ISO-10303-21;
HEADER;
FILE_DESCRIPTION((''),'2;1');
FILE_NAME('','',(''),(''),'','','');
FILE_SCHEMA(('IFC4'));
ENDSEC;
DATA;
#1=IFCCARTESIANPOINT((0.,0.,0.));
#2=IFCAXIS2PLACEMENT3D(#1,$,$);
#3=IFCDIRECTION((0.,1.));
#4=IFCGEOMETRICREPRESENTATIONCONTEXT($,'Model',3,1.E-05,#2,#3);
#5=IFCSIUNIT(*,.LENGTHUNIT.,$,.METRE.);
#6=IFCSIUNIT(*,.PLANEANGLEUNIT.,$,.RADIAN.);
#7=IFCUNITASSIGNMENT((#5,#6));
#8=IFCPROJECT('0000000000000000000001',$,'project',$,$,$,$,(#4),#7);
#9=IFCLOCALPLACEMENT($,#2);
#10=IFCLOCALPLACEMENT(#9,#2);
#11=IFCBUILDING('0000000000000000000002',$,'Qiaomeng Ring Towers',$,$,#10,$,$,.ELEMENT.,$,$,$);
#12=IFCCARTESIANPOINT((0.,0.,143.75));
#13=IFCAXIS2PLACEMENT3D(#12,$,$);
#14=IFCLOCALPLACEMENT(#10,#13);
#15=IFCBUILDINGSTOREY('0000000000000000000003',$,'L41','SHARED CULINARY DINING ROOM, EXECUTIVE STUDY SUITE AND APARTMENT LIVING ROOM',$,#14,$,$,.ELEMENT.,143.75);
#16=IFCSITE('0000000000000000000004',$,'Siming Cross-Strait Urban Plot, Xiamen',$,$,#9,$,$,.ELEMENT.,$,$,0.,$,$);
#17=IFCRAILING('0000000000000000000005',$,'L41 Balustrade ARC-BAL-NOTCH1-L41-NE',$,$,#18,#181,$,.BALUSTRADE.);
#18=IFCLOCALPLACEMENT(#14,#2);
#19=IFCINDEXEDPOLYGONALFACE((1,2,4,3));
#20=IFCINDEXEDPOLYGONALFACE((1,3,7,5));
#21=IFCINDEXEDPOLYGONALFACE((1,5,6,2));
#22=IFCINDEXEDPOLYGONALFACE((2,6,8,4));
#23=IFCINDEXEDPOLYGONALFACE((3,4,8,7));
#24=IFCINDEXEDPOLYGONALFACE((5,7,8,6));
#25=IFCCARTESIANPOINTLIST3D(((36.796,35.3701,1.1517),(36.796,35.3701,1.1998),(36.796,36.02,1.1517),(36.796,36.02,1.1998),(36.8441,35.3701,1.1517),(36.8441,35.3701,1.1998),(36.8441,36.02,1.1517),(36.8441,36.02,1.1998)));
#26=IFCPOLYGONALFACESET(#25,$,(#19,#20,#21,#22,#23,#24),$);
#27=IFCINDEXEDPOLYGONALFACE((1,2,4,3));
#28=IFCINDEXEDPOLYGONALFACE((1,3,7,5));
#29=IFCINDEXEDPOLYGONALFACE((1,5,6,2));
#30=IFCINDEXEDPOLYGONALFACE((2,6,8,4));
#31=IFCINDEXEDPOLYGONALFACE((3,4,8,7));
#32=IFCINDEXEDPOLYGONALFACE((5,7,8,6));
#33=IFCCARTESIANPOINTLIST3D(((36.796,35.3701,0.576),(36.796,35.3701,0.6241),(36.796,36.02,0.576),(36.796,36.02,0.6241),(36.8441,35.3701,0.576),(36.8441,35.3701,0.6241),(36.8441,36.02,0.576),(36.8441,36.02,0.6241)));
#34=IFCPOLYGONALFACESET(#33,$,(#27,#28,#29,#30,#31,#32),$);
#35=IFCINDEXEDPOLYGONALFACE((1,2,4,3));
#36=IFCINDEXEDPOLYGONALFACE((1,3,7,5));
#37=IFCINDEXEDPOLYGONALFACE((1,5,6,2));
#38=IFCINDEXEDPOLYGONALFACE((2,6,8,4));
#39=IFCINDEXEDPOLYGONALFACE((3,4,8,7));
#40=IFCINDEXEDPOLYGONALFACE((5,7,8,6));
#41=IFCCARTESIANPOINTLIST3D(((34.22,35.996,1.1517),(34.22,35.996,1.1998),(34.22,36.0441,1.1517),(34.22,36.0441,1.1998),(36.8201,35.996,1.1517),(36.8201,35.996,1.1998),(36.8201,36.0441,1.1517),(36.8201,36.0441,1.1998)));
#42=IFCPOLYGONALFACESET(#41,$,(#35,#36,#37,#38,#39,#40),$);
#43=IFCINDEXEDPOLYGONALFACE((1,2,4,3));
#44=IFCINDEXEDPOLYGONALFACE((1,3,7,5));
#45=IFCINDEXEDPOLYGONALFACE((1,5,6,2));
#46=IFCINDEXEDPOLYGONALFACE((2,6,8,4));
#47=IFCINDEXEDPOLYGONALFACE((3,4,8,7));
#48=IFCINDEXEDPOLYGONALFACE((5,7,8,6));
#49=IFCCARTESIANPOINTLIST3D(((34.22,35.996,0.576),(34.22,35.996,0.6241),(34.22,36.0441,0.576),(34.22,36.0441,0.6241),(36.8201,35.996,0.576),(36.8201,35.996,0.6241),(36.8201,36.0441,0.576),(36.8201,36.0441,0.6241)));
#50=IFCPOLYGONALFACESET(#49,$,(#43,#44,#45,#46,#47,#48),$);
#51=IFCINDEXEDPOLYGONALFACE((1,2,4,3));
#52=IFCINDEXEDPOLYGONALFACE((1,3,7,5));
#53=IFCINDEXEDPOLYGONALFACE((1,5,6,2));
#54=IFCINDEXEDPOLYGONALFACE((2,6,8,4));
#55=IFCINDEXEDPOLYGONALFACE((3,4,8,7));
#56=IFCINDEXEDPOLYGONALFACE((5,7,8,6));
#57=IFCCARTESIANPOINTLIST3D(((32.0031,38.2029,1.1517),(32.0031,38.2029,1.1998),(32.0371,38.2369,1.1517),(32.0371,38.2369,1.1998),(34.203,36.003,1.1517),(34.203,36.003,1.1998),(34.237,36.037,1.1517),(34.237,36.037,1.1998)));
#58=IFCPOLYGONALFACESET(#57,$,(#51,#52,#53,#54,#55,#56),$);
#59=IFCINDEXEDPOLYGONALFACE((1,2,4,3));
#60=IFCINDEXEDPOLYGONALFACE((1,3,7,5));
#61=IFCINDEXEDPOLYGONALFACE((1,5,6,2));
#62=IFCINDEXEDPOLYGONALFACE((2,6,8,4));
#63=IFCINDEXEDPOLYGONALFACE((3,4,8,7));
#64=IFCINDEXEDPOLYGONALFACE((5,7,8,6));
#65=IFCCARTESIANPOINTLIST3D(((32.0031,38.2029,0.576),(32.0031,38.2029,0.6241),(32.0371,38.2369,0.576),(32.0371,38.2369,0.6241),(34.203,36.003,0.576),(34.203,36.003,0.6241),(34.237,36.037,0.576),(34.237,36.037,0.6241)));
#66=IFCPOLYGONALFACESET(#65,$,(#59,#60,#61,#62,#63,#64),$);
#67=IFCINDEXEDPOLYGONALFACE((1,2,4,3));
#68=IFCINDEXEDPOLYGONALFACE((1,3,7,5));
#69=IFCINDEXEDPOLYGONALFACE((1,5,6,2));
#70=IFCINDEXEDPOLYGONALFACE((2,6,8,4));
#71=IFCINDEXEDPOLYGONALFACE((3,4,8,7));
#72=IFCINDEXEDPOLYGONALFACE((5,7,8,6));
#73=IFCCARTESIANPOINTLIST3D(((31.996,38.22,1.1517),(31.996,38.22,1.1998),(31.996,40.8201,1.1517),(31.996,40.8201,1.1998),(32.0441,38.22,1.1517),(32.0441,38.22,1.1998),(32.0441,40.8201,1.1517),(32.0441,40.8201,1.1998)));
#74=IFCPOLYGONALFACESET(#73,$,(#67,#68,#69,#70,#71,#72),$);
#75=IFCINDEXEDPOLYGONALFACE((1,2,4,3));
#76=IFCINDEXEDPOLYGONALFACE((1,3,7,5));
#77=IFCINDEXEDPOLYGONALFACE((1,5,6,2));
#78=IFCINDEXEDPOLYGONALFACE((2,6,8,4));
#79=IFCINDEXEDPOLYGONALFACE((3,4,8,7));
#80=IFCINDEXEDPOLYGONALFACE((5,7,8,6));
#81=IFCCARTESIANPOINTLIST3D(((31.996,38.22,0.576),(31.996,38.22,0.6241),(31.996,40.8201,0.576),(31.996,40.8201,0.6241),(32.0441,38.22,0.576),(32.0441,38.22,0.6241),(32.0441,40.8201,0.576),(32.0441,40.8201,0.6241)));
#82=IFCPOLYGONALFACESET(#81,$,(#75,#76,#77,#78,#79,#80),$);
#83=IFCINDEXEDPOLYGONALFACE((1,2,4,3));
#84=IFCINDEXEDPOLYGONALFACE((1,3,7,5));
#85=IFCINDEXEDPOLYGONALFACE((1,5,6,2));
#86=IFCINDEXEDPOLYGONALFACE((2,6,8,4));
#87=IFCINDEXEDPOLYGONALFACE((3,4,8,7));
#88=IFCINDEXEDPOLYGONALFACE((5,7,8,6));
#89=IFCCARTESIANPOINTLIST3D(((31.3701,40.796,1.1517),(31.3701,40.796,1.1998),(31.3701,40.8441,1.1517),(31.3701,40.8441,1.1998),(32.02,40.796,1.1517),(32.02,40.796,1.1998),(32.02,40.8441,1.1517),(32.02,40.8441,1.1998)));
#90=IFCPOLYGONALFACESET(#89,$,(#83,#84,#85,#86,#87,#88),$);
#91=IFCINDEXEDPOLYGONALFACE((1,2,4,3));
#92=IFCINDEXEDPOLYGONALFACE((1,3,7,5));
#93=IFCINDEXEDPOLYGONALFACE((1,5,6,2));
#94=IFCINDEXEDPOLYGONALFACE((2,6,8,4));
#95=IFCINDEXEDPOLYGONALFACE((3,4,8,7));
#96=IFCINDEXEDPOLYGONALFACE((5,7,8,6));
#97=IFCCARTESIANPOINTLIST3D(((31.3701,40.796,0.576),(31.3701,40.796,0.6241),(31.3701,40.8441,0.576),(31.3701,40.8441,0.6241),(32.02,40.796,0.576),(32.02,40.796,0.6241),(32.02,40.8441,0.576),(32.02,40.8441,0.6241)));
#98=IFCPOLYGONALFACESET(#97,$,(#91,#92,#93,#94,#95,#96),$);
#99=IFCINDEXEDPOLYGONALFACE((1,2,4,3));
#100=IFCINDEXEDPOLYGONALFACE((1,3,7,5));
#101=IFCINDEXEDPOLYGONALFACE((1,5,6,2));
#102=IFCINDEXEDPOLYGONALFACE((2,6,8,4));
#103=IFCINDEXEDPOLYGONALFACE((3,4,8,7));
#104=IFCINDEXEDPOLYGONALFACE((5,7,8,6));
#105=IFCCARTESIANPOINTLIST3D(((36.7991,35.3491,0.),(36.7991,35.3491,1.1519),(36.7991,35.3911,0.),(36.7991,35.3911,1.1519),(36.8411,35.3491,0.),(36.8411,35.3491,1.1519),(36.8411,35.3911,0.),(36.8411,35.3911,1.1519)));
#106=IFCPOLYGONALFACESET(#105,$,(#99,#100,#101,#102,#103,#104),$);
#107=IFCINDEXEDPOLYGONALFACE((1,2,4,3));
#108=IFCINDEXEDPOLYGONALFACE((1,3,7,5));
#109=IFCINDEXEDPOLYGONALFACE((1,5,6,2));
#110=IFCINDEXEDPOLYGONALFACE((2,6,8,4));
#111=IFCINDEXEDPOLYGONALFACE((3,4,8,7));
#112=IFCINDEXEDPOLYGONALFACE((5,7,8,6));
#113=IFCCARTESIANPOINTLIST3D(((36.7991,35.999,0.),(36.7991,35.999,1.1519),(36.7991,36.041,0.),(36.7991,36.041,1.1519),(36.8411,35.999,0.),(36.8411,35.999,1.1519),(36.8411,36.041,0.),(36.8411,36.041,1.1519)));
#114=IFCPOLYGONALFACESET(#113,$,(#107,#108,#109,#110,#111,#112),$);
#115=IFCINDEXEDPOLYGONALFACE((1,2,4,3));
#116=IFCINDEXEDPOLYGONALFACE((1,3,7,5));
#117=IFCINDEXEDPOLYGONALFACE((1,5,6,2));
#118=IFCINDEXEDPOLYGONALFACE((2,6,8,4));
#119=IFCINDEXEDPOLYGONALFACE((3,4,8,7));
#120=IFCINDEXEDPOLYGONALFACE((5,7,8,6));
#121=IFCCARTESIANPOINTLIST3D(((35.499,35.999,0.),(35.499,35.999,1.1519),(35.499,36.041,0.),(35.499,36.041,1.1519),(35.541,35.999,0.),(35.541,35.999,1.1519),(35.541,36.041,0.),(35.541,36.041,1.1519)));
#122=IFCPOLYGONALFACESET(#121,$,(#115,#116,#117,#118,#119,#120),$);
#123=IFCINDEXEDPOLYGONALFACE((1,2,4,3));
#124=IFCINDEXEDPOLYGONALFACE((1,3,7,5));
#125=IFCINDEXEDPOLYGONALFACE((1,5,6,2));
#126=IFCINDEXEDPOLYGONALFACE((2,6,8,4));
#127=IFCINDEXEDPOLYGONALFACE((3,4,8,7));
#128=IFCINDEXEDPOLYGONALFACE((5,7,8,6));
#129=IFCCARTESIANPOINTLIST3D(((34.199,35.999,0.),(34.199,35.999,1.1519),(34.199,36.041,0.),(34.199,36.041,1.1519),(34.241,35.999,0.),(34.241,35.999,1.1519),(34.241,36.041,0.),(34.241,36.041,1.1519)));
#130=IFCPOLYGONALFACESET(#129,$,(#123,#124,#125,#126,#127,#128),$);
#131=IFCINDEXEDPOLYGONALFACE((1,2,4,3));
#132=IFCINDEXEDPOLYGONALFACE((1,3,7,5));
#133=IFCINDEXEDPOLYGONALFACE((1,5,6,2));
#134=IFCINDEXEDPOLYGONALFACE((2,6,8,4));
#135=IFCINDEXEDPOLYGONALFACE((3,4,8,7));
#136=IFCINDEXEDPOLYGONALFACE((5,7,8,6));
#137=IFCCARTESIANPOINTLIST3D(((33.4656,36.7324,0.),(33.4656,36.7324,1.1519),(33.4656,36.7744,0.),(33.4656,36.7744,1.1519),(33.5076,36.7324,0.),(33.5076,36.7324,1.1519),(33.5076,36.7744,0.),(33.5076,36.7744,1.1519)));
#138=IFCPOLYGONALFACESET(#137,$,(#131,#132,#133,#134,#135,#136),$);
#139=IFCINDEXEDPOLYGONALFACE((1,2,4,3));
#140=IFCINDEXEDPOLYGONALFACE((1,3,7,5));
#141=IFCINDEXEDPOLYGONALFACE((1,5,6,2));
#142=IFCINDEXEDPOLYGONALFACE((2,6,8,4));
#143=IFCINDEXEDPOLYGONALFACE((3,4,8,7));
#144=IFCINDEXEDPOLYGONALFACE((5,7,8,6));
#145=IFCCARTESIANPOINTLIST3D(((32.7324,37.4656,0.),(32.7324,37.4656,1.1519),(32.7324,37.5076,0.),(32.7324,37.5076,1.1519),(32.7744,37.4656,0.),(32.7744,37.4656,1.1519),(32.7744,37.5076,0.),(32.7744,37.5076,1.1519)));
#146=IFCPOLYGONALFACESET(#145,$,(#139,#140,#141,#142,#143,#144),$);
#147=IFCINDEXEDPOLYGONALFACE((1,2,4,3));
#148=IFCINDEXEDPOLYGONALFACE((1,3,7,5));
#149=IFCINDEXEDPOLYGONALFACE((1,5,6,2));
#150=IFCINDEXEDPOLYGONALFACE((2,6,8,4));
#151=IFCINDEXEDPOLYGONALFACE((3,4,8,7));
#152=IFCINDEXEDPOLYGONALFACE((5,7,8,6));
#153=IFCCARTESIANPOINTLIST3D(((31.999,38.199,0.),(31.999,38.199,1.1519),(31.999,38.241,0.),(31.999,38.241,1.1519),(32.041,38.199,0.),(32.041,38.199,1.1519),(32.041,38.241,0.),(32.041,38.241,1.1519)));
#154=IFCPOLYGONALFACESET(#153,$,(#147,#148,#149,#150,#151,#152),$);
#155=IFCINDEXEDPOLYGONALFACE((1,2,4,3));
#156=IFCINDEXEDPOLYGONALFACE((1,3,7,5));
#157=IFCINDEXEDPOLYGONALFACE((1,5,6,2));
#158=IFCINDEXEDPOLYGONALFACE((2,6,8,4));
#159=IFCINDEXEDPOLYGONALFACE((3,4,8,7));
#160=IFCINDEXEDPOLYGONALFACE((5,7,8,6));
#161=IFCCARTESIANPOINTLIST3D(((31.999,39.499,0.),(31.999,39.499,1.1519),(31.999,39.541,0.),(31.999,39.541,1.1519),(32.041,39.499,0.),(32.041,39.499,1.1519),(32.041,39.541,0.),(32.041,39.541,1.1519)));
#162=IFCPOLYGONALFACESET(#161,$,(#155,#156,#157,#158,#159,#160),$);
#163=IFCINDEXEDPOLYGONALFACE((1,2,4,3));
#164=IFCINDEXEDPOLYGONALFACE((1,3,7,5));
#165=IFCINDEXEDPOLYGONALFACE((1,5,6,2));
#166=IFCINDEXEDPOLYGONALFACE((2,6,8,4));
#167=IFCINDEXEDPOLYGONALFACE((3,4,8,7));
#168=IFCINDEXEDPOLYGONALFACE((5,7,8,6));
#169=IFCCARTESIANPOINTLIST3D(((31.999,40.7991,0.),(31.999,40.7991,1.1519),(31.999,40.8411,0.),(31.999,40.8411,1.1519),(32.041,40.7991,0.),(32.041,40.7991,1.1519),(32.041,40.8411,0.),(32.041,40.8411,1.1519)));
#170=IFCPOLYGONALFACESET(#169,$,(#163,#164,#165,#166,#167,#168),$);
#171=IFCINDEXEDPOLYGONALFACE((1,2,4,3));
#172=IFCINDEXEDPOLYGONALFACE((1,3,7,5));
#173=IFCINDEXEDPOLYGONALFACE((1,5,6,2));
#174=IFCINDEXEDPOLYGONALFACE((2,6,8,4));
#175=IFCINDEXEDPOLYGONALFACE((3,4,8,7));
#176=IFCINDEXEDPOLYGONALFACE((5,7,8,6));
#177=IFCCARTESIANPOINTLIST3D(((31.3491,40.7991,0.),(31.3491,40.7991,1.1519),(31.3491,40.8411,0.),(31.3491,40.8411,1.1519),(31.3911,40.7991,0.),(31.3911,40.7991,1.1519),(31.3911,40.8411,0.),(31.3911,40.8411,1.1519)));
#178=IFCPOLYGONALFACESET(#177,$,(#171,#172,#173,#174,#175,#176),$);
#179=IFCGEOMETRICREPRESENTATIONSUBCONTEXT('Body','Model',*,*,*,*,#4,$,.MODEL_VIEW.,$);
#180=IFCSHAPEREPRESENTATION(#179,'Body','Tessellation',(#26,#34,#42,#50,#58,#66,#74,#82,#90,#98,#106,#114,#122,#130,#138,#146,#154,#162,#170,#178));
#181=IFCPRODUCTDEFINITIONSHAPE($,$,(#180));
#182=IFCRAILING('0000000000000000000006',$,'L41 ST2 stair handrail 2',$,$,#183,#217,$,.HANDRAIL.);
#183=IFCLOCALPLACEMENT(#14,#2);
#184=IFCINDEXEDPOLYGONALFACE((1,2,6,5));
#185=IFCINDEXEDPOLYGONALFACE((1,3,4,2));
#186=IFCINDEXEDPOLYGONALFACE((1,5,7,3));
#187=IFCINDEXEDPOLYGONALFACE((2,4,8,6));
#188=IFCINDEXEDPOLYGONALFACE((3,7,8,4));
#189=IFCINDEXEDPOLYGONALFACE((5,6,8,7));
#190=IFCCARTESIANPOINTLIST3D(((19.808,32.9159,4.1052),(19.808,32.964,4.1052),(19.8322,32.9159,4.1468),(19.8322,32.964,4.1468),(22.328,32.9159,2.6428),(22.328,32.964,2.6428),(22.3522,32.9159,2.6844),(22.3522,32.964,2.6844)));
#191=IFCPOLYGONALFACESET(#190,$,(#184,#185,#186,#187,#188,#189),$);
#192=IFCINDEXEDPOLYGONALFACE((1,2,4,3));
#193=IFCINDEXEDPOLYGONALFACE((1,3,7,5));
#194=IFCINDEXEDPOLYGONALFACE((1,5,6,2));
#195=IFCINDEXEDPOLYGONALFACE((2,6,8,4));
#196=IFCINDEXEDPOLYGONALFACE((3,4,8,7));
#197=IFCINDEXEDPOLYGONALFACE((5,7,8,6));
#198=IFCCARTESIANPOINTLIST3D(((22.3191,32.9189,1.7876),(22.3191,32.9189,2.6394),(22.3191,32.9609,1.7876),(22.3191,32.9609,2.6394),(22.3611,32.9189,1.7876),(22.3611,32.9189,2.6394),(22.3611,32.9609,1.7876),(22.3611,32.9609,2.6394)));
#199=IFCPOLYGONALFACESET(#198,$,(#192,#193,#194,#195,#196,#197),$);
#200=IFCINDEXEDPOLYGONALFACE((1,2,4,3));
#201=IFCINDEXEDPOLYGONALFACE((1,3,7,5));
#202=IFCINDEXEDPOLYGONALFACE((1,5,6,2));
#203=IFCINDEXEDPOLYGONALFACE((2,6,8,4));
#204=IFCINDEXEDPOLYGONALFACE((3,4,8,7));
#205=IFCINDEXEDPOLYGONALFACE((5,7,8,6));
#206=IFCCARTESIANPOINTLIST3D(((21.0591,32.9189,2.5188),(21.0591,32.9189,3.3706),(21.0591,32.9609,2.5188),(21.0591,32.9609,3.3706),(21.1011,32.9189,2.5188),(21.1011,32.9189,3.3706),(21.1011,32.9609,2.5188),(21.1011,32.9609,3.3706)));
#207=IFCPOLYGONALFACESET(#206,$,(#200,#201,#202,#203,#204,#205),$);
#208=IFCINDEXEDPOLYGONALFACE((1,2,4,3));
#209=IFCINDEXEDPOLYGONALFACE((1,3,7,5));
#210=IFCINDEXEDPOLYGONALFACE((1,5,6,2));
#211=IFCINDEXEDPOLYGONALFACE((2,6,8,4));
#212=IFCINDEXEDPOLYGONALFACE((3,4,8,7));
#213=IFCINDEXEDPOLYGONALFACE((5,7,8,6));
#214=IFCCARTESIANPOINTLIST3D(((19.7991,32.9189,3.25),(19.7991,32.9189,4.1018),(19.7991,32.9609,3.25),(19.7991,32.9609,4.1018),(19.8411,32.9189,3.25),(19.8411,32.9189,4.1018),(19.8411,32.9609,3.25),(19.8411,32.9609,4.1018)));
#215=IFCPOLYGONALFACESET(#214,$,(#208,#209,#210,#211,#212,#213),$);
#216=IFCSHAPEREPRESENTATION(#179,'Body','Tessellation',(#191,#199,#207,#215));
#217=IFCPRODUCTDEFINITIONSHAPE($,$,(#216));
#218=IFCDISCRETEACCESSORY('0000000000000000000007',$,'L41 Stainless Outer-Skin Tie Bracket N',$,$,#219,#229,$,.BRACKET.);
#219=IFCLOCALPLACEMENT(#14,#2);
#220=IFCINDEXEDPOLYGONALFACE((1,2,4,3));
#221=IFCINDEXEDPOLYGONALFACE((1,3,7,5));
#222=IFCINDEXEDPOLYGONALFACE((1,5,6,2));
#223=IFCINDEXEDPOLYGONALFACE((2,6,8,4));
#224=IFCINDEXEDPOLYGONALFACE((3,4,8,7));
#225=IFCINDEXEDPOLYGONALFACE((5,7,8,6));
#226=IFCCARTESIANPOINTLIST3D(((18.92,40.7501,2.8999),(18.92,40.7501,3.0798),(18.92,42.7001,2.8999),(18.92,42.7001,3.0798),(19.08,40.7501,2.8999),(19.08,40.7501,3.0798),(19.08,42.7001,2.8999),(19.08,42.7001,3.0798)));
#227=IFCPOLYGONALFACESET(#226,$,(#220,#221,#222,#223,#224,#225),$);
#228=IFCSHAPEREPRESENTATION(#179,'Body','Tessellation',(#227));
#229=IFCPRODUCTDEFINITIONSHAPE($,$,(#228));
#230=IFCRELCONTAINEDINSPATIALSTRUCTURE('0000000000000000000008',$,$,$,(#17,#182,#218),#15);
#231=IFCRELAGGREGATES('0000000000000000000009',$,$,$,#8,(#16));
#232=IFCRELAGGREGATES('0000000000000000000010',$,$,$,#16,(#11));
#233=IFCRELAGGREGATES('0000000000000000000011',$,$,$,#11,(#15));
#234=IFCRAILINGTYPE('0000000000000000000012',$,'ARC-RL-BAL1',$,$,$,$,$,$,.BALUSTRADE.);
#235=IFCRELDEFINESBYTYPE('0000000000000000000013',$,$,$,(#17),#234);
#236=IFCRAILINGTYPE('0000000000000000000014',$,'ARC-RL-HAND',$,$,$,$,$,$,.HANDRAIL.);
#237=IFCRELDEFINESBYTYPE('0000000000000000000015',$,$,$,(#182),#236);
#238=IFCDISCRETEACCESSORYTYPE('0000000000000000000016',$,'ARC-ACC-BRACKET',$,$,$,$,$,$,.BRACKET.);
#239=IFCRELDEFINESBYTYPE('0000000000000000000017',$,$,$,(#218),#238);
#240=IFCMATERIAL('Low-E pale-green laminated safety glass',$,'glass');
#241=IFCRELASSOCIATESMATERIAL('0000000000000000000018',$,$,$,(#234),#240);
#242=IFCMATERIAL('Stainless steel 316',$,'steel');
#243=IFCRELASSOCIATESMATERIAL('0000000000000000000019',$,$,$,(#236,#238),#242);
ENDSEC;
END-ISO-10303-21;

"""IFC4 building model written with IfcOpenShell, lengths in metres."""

from ifc_helpers import new_model, si_unit, direction, frame, origin, origin_2d, place, context, subcontext, project, spatial, rectangle, extrude, source, transform, mapped, material, type_object, element, save


model = new_model("IFC4")

# Units and contexts
model_context = context("Model", 3, precision=1e-05, world=origin(), true_north=direction((0.0, 1.0)))
body_context = subcontext(model_context, "Body", "Model", "MODEL_VIEW")
ifc_project = project(units=[si_unit("LENGTHUNIT", "METRE"), si_unit("PLANEANGLEUNIT", "RADIAN")], contexts=[model_context])

# Site, building, storey
site_placement = place(None, origin())
site = spatial("IfcSite", under=ifc_project, at=site_placement, Name="Siming Cross-Strait Urban Plot, Xiamen", CompositionType="ELEMENT", RefElevation=0.0)
building_placement = place(site_placement, origin())
building = spatial("IfcBuilding", under=site, at=building_placement, Name="Qiaomeng Ring Towers", CompositionType="ELEMENT")
storey_placement = place(building_placement, frame((0.0, 0.0, 143.75)))
storey = spatial("IfcBuildingStorey", under=building, at=storey_placement, Name="L41", Description="SHARED CULINARY DINING ROOM, EXECUTIVE STUDY SUITE AND APARTMENT LIVING ROOM", CompositionType="ELEMENT", Elevation=143.75)

# Railings
ifc_material_1 = material(Name="Low-E pale-green laminated safety glass", Category="glass")
railing_type_1 = type_object("IfcRailingType", Name="ARC-RL-BAL1", PredefinedType="BALUSTRADE", material=ifc_material_1)
railing_1_placement = place(storey_placement, frame((36.8201, 35.3701, 0.0)))
element("IfcRailing", 1, at=railing_1_placement, inside=storey, type_object=railing_type_1, Name="L41 Balustrade ARC-BAL-NOTCH1-L41-NE", PredefinedType="BALUSTRADE", context=body_context, shape_type="SweptSolid", body=[
    extrude(rectangle(XDim=0.0481, YDim=0.0481, at=origin_2d()), frame((0.0, 0.0, 1.1758), z_axis=(0.0, 1.0, 0.0), x_axis=(-1.0, 0.0, 0.0)), (0.0, 0.0, 1.0), 0.6499),
    extrude(rectangle(XDim=0.0481, YDim=0.0481, at=origin_2d()), frame((0.0, 0.0, 0.6001), z_axis=(0.0, 1.0, 0.0), x_axis=(-1.0, 0.0, 0.0)), (0.0, 0.0, 1.0), 0.6499),
    extrude(rectangle(XDim=0.0481, YDim=0.0481, at=origin_2d()), frame((0.0, 0.6499, 1.1758), z_axis=(-1.0, 0.0, 0.0), x_axis=(0.0, -1.0, 0.0)), (0.0, 0.0, 1.0), 2.6001),
    extrude(rectangle(XDim=0.0481, YDim=0.0481, at=origin_2d()), frame((0.0, 0.6499, 0.6001), z_axis=(-1.0, 0.0, 0.0), x_axis=(0.0, -1.0, 0.0)), (0.0, 0.0, 1.0), 2.6001),
    extrude(rectangle(XDim=0.0481, YDim=0.0481, at=origin_2d()), frame((-2.6001, 0.6499, 1.1758), z_axis=(-0.707107, 0.707107, 0.0), x_axis=(-0.707107, -0.707107, 0.0)), (0.0, 0.0, 1.0), 3.1111),
    extrude(rectangle(XDim=0.0481, YDim=0.0481, at=origin_2d()), frame((-2.6001, 0.6499, 0.6001), z_axis=(-0.707107, 0.707107, 0.0), x_axis=(-0.707107, -0.707107, 0.0)), (0.0, 0.0, 1.0), 3.1111),
    extrude(rectangle(XDim=0.0481, YDim=0.0481, at=origin_2d()), frame((-4.8, 2.8499, 1.1758), z_axis=(0.0, 1.0, 0.0), x_axis=(-1.0, 0.0, 0.0)), (0.0, 0.0, 1.0), 2.6001),
    extrude(rectangle(XDim=0.0481, YDim=0.0481, at=origin_2d()), frame((-4.8, 2.8499, 0.6001), z_axis=(0.0, 1.0, 0.0), x_axis=(-1.0, 0.0, 0.0)), (0.0, 0.0, 1.0), 2.6001),
    extrude(rectangle(XDim=0.0481, YDim=0.0481, at=origin_2d()), frame((-4.8, 5.45, 1.1758), z_axis=(-1.0, 0.0, 0.0), x_axis=(0.0, -1.0, 0.0)), (0.0, 0.0, 1.0), 0.6499),
    extrude(rectangle(XDim=0.0481, YDim=0.0481, at=origin_2d()), frame((-4.8, 5.45, 0.6001), z_axis=(-1.0, 0.0, 0.0), x_axis=(0.0, -1.0, 0.0)), (0.0, 0.0, 1.0), 0.6499),
    extrude(rectangle(XDim=0.042, YDim=0.042, at=origin_2d()), origin(), (0.0, 0.0, 1.0), 1.1519),
    extrude(rectangle(XDim=0.042, YDim=0.042, at=origin_2d()), frame((0.0, 0.6499, 0.0)), (0.0, 0.0, 1.0), 1.1519),
    extrude(rectangle(XDim=0.042, YDim=0.042, at=origin_2d()), frame((-1.3, 0.6499, 0.0)), (0.0, 0.0, 1.0), 1.1519),
    extrude(rectangle(XDim=0.042, YDim=0.042, at=origin_2d()), frame((-2.6001, 0.6499, 0.0)), (0.0, 0.0, 1.0), 1.1519),
    extrude(rectangle(XDim=0.042, YDim=0.042, at=origin_2d()), frame((-3.3335, 1.3833, 0.0)), (0.0, 0.0, 1.0), 1.1519),
    extrude(rectangle(XDim=0.042, YDim=0.042, at=origin_2d()), frame((-4.0667, 2.1165, 0.0)), (0.0, 0.0, 1.0), 1.1519),
    extrude(rectangle(XDim=0.042, YDim=0.042, at=origin_2d()), frame((-4.8, 2.8499, 0.0)), (0.0, 0.0, 1.0), 1.1519),
    extrude(rectangle(XDim=0.042, YDim=0.042, at=origin_2d()), frame((-4.8, 4.1499, 0.0)), (0.0, 0.0, 1.0), 1.1519),
    extrude(rectangle(XDim=0.042, YDim=0.042, at=origin_2d()), frame((-4.8, 5.45, 0.0)), (0.0, 0.0, 1.0), 1.1519),
    extrude(rectangle(XDim=0.042, YDim=0.042, at=origin_2d()), frame((-5.45, 5.45, 0.0)), (0.0, 0.0, 1.0), 1.1519),
])
ifc_material_2 = material(Name="Stainless steel 316", Category="steel")
railing_type_2 = type_object("IfcRailingType", Name="ARC-RL-HAND", PredefinedType="HANDRAIL", material=ifc_material_2)
railing_2_placement = place(storey_placement, frame((22.3401, 32.9399, 1.7876)))
element("IfcRailing", 2, at=railing_2_placement, inside=storey, type_object=railing_type_2, Name="L41 ST2 stair handrail 2", PredefinedType="HANDRAIL", context=body_context, shape_type="SweptSolid", body=[
    extrude(rectangle(XDim=0.0481, YDim=0.0481, at=origin_2d()), frame((0.0, 0.0, 0.876), z_axis=(-0.864913, 0.0, 0.501921), x_axis=(0.0, -1.0, 0.0)), (0.0, 0.0, 1.0), 2.9136),
    extrude(rectangle(XDim=0.042, YDim=0.042, at=origin_2d()), origin(), (0.0, 0.0, 1.0), 0.8518),
    extrude(rectangle(XDim=0.042, YDim=0.042, at=origin_2d()), frame((-1.26, 0.0, 0.7312)), (0.0, 0.0, 1.0), 0.8518),
    extrude(rectangle(XDim=0.042, YDim=0.042, at=origin_2d()), frame((-2.52, 0.0, 1.4624)), (0.0, 0.0, 1.0), 0.8518),
])

# Discrete accessory
discrete_accessory_type = type_object("IfcDiscreteAccessoryType", Name="ARC-ACC-BRACKET", PredefinedType="BRACKET", material=ifc_material_2)
shared_shape_1 = source(origin(), body_context, "Body", "SweptSolid", [
    extrude(rectangle(XDim=0.1599, YDim=1.95, at=origin_2d()), origin(), (0.0, 0.0, 1.0), 0.1799),
])
discrete_accessory_placement = place(storey_placement, frame((19.0, 41.7251, 2.8999), z_axis=(0.0, 0.0, 1.0), x_axis=(1.0, 0.0, 0.0)))
element("IfcDiscreteAccessory", 3, at=discrete_accessory_placement, inside=storey, type_object=discrete_accessory_type, Name="L41 Stainless Outer-Skin Tie Bracket N", PredefinedType="BRACKET", context=body_context, shape_type="MappedRepresentation", body=[
    mapped(shared_shape_1, transform((0.0, 0.0, 0.0), x_axis=(1.0, 0.0, 0.0), y_axis=(0.0, 1.0, 0.0), z_axis=(0.0, 0.0, 1.0), scale=1.0)),
])

save(model, "model.ifc")
